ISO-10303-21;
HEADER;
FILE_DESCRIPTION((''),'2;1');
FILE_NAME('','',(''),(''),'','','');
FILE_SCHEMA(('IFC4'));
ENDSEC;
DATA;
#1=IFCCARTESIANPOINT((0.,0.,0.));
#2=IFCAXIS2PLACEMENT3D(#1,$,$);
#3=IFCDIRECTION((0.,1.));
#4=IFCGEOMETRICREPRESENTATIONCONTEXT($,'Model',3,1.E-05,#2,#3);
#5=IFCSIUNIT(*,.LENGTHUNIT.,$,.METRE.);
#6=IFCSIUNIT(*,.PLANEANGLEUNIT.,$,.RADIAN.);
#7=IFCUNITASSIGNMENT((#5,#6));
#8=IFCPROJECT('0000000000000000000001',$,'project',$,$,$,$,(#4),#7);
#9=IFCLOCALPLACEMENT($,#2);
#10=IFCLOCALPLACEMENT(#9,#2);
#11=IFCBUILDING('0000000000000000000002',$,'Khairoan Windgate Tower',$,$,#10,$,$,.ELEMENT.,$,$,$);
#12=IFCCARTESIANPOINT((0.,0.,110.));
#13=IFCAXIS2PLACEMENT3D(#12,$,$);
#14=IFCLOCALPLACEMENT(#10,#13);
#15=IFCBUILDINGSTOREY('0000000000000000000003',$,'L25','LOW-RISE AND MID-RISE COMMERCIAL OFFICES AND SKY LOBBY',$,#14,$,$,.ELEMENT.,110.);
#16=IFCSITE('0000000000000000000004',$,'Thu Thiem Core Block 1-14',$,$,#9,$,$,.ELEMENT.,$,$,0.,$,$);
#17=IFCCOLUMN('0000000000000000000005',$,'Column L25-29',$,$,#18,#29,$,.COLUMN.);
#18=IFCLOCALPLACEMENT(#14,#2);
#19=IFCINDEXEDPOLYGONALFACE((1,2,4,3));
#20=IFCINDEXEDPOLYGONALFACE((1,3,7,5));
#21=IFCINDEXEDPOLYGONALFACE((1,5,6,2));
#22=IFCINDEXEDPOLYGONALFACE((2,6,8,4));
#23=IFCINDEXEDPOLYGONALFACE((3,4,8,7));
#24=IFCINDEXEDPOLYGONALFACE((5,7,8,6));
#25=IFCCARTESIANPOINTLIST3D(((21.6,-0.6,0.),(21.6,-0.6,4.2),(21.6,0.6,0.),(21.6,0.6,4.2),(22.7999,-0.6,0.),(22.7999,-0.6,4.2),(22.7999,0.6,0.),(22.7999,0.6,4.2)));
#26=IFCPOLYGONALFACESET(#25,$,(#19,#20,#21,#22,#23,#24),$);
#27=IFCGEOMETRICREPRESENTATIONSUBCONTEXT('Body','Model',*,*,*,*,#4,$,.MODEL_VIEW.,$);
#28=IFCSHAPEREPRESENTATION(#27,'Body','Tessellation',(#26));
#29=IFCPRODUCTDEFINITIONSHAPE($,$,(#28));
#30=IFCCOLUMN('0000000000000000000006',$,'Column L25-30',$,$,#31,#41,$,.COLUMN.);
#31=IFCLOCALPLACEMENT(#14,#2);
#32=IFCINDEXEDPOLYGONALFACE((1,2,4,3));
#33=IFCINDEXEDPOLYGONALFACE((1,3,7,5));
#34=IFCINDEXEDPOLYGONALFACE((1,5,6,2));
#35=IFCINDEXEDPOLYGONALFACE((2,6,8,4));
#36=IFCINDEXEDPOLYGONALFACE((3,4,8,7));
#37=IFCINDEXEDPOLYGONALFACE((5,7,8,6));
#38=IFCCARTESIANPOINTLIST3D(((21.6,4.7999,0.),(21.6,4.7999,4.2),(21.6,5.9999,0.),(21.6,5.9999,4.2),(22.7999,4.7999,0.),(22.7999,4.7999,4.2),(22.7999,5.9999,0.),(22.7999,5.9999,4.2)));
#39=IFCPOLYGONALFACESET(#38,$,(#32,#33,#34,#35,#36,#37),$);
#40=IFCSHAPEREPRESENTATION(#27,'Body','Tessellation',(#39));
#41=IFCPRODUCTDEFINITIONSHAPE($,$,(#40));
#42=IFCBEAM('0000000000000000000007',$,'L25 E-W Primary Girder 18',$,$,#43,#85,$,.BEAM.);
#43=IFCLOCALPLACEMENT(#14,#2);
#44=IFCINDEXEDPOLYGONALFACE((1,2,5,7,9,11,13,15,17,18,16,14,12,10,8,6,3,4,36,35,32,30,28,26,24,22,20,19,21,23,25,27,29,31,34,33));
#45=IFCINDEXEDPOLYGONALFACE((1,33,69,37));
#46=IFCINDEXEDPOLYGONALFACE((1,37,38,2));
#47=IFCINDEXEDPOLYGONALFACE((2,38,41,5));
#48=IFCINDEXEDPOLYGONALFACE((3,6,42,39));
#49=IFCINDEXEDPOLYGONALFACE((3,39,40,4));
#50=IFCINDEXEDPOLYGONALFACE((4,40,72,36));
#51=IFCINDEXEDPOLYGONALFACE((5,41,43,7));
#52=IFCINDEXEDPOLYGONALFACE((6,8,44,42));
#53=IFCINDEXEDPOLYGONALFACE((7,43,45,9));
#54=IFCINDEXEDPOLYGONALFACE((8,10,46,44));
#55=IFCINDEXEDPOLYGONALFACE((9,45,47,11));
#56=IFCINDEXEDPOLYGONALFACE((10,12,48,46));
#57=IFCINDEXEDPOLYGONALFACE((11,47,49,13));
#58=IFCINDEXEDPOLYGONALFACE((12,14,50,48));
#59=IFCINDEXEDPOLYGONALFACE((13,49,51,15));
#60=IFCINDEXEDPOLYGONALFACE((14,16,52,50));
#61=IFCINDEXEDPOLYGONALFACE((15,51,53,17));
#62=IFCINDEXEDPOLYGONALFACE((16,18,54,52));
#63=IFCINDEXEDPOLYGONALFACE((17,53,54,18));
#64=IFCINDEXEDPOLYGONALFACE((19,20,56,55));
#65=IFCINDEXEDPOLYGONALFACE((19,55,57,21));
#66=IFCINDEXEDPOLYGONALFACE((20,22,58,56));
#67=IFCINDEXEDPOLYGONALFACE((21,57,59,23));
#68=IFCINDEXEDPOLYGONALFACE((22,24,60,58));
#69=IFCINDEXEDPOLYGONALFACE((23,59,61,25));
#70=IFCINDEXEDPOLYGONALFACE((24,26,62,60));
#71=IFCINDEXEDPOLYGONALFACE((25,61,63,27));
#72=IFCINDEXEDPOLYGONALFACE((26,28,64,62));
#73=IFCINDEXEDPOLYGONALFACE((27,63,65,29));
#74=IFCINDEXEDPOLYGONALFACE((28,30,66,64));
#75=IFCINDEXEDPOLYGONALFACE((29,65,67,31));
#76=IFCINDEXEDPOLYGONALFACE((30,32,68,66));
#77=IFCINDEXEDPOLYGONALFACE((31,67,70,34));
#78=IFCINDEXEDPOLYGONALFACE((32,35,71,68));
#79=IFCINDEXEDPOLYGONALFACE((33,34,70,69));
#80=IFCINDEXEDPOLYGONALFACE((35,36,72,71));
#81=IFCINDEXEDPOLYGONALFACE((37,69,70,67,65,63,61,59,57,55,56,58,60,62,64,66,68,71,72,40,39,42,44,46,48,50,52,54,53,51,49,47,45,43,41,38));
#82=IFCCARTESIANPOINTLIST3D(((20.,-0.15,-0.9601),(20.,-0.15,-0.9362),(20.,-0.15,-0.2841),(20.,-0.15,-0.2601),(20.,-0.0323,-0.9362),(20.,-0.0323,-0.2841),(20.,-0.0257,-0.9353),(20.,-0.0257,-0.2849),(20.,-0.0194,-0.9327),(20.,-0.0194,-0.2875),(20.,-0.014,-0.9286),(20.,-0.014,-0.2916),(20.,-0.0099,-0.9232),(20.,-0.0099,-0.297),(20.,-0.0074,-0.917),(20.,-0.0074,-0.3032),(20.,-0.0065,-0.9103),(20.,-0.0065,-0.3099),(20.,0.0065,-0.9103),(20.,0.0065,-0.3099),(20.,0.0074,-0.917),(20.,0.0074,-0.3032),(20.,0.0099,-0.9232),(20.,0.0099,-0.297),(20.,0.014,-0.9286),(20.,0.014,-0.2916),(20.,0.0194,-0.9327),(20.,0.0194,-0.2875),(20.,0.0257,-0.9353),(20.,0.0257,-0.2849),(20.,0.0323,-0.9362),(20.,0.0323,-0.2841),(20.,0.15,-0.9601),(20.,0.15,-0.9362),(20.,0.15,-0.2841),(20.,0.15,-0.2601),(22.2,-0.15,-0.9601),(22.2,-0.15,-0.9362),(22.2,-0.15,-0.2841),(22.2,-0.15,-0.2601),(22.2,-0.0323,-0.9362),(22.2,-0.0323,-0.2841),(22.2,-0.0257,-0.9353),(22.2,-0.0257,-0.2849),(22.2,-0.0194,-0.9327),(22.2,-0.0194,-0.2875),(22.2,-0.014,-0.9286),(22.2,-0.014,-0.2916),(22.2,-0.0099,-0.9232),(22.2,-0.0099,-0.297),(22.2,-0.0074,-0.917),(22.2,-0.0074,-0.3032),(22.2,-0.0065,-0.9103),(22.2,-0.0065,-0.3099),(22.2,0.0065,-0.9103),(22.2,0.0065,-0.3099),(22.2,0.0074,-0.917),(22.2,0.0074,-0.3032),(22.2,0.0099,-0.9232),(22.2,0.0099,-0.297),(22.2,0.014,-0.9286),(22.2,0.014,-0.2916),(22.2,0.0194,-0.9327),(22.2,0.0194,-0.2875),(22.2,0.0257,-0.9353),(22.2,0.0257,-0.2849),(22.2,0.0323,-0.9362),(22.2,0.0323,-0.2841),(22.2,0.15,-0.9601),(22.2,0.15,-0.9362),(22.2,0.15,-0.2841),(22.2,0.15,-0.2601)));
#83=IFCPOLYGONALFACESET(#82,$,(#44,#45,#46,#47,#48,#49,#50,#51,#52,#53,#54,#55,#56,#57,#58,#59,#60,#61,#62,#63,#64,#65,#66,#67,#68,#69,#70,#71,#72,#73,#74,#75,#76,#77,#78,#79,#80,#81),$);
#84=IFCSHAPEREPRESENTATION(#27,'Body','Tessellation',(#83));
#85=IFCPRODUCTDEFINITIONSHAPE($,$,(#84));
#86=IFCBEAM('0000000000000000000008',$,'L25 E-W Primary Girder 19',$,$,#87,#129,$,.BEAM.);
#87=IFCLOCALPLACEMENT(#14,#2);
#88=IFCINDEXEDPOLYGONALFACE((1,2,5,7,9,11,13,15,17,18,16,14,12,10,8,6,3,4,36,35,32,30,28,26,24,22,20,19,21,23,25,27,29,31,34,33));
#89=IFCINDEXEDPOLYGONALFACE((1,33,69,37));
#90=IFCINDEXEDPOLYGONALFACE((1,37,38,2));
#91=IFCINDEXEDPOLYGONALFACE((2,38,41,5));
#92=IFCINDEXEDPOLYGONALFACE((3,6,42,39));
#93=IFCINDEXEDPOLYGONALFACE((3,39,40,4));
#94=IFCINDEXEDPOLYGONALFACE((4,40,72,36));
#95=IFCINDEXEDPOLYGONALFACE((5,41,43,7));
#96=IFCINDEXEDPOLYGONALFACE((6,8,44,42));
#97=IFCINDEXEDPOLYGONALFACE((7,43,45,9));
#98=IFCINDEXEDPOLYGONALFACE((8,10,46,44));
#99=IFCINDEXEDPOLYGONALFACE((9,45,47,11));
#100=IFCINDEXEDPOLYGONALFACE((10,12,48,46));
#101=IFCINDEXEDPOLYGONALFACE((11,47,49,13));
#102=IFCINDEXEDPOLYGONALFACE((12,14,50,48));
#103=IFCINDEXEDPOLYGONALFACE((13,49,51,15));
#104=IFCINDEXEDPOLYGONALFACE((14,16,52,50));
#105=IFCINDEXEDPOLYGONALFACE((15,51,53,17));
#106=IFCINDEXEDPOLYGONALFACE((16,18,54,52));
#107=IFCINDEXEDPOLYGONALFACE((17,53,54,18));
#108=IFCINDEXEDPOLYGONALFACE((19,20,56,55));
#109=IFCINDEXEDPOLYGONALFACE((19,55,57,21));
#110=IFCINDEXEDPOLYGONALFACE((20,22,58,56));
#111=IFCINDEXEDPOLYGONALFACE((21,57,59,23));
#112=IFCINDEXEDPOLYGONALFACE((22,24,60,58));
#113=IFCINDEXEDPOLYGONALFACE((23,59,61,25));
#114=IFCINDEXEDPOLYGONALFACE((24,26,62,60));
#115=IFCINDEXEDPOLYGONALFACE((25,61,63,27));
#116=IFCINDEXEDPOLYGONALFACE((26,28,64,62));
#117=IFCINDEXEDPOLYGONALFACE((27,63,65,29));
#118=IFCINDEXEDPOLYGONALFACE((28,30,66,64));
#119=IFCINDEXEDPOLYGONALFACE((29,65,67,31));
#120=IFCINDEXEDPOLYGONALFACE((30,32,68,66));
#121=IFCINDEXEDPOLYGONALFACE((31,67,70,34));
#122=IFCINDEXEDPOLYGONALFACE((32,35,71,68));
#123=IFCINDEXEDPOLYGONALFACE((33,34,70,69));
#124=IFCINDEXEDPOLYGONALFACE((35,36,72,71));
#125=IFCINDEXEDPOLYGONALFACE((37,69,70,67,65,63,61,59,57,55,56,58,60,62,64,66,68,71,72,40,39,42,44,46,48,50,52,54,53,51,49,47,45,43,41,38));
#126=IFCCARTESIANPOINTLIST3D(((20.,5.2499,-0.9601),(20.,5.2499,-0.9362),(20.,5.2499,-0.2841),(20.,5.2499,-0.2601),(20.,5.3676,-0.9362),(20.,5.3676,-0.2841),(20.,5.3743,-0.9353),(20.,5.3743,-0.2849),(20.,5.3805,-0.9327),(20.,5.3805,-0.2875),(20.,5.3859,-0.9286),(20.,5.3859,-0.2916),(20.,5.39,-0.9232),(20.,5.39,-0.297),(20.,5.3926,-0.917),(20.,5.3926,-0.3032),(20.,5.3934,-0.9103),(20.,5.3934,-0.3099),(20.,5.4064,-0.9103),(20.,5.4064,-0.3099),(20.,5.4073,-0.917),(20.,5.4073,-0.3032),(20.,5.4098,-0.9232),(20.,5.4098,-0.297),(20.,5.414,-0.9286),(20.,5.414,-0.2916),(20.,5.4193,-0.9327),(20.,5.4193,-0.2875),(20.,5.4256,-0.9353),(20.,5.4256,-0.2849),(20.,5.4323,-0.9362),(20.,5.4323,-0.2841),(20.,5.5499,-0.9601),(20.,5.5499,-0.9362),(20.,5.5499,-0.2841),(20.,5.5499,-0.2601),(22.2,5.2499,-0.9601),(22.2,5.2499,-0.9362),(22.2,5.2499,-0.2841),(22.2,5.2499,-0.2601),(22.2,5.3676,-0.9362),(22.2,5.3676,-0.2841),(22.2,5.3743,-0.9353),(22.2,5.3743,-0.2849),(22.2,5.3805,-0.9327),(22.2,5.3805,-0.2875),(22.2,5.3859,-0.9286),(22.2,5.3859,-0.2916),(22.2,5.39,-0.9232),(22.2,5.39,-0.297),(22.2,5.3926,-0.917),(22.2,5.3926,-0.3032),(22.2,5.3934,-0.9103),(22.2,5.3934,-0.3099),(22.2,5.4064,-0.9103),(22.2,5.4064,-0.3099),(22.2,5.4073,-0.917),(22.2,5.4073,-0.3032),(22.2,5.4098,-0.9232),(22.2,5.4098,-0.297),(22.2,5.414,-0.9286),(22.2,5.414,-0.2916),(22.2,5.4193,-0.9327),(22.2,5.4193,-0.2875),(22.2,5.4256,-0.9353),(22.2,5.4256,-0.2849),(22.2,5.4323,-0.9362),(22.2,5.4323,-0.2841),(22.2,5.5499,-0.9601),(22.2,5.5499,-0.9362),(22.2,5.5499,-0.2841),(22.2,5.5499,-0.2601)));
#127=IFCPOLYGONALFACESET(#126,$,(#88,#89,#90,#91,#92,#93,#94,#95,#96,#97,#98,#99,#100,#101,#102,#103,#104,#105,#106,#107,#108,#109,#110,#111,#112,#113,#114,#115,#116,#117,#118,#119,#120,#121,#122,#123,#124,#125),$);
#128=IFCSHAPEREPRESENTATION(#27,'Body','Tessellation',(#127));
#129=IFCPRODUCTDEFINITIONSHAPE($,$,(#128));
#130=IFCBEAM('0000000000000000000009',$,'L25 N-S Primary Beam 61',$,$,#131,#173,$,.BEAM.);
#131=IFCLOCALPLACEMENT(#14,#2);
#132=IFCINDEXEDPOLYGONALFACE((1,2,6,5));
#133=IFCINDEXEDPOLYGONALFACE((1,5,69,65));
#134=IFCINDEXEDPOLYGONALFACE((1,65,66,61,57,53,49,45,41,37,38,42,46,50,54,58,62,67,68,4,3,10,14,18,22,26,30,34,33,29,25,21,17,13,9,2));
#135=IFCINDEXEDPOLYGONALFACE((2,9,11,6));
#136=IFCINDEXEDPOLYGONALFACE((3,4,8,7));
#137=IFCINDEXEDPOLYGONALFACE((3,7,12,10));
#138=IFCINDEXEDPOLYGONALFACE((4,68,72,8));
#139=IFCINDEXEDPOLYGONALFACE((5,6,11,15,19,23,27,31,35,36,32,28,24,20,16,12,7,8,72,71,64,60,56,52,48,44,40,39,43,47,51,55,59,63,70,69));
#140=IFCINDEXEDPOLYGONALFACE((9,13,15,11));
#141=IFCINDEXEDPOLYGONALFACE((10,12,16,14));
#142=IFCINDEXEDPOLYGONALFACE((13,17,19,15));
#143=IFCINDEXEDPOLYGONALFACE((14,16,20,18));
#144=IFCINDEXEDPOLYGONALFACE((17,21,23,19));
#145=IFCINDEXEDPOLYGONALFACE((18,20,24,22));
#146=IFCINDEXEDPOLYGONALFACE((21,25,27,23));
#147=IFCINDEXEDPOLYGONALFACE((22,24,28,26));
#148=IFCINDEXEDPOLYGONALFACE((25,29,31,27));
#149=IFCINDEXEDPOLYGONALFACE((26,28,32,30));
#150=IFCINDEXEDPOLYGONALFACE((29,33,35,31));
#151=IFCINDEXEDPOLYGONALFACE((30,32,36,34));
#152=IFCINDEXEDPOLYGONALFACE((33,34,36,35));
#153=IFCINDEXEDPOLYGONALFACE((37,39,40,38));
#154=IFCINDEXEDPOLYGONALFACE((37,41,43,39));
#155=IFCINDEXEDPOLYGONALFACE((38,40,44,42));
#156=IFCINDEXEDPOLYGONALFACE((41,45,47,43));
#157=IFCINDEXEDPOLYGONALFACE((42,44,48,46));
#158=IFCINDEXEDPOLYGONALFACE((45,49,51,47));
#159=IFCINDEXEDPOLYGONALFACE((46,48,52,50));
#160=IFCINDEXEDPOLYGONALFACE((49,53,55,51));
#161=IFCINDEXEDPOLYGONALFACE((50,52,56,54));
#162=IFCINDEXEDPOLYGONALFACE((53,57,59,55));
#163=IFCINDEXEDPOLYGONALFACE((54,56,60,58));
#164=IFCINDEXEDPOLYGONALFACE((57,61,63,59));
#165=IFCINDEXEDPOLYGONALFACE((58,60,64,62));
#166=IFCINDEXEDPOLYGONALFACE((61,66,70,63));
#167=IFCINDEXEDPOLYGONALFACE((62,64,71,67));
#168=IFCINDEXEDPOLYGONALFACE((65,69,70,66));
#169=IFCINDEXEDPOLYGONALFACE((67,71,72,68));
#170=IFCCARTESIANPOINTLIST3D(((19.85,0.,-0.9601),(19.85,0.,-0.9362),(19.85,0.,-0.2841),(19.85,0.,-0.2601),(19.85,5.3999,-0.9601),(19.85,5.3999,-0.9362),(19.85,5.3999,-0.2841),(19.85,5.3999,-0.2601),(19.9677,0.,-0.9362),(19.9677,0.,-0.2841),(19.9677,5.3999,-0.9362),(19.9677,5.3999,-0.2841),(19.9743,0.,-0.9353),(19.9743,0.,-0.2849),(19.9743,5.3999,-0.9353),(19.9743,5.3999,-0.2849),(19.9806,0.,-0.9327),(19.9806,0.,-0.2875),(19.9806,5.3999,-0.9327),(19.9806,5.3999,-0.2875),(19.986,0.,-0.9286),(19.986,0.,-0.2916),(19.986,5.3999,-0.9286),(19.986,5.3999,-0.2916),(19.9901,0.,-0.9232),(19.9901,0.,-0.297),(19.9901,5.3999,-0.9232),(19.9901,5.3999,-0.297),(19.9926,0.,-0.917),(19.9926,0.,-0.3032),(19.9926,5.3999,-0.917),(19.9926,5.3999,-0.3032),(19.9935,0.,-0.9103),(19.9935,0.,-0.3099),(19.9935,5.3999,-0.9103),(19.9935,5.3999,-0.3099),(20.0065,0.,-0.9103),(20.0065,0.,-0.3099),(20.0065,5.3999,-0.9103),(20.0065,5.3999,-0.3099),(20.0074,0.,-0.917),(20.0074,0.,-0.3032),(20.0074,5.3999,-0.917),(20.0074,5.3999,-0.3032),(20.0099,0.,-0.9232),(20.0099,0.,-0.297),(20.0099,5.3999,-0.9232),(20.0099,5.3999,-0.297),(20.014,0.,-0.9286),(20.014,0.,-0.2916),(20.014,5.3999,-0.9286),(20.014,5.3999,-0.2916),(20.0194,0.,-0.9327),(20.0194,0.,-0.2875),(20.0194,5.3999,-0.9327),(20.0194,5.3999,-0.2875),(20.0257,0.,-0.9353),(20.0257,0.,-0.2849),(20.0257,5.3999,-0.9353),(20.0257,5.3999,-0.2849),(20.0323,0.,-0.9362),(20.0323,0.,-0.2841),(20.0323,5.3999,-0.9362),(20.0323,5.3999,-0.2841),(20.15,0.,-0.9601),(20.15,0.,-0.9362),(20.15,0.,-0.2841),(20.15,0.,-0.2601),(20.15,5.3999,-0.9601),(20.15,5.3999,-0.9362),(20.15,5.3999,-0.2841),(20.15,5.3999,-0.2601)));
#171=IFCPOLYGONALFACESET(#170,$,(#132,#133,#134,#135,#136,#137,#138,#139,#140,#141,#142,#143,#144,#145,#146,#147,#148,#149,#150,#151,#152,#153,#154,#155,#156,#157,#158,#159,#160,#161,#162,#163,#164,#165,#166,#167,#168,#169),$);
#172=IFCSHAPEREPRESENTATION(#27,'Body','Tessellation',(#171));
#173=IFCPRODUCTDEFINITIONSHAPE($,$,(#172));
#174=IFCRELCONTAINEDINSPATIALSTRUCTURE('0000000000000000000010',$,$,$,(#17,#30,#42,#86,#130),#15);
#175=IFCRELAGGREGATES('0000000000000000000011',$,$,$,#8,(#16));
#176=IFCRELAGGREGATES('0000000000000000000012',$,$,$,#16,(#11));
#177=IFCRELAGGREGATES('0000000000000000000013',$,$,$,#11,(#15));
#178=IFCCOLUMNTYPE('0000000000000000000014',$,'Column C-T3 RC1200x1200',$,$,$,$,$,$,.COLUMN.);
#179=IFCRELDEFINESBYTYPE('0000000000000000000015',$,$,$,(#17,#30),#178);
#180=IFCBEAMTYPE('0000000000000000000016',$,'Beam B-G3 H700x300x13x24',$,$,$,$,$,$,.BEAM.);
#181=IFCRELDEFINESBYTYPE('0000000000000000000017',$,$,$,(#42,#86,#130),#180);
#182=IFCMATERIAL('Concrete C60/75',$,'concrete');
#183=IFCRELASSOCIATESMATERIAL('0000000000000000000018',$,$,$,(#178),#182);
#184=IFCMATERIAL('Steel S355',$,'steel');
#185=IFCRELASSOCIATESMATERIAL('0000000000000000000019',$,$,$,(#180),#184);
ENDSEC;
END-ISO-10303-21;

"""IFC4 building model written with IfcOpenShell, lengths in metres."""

from ifc_helpers import new_model, si_unit, direction, frame, origin, origin_2d, place, context, subcontext, project, spatial, rectangle, i_section, extrude, material, material_profile, profile_set, type_object, element, save


model = new_model("IFC4")

# Units and contexts
model_context = context("Model", 3, precision=1e-05, world=origin(), true_north=direction((0.0, 1.0)))
body_context = subcontext(model_context, "Body", "Model", "MODEL_VIEW")
ifc_project = project(units=[si_unit("LENGTHUNIT", "METRE"), si_unit("PLANEANGLEUNIT", "RADIAN")], contexts=[model_context])

# Site, building, storey
site_placement = place(None, origin())
site = spatial("IfcSite", under=ifc_project, at=site_placement, Name="Thu Thiem Core Block 1-14", CompositionType="ELEMENT", RefElevation=0.0)
building_placement = place(site_placement, origin())
building = spatial("IfcBuilding", under=site, at=building_placement, Name="Khairoan Windgate Tower", CompositionType="ELEMENT")
storey_placement = place(building_placement, frame((0.0, 0.0, 110.0)))
storey = spatial("IfcBuildingStorey", under=building, at=storey_placement, Name="L25", Description="LOW-RISE AND MID-RISE COMMERCIAL OFFICES AND SKY LOBBY", CompositionType="ELEMENT", Elevation=110.0)

# Columns
ifc_material_1 = material(Name="Concrete C60/75", Category="concrete")
ifc_material_profile_1 = material_profile(ifc_material_1, rectangle(XDim=1.2, YDim=1.2, at=origin_2d()))
ifc_profile_set_1 = profile_set([ifc_material_profile_1], Name="Concrete C60/75")
column_type = type_object("IfcColumnType", Name="Column C-T3 RC1200x1200", PredefinedType="COLUMN", material=ifc_profile_set_1)
for number, where, z_axis, x_axis, name in (
    (1, (22.2, 0.0, 0.0), (0.0, 0.0, 1.0), (1.0, 0.0, 0.0), "Column L25-29"),
    (2, (22.2, 5.3999, 0.0), (0.0, 0.0, 1.0), (1.0, 0.0, 0.0), "Column L25-30"),
):
    element("IfcColumn", number, at=place(storey_placement, frame(where, z_axis=z_axis, x_axis=x_axis)), inside=storey, type_object=column_type, Name=name, PredefinedType="COLUMN", context=body_context, shape_type="SweptSolid", body=[
        extrude(rectangle(XDim=1.2, YDim=1.2, at=origin_2d()), origin(), (0.0, 0.0, 1.0), 4.2),
    ])

# Beams
ifc_material_2 = material(Name="Steel S355", Category="steel")
ifc_material_profile_2 = material_profile(ifc_material_2, i_section(OverallWidth=0.3, OverallDepth=0.7, WebThickness=0.0129, FlangeThickness=0.0239, FilletRadius=0.0259, at=origin_2d()))
ifc_profile_set_2 = profile_set([ifc_material_profile_2], Name="Steel S355")
beam_type_1 = type_object("IfcBeamType", Name="Beam B-G3 H700x300x13x24", PredefinedType="BEAM", material=ifc_profile_set_2)
for number, where, z_axis, x_axis, name in (
    (3, (20.0, 0.0, -0.6101), (1.0, 0.0, 0.0), (0.0, 1.0, 0.0), "L25 E-W Primary Girder 18"),
    (4, (20.0, 5.3999, -0.6101), (1.0, 0.0, 0.0), (0.0, 1.0, 0.0), "L25 E-W Primary Girder 19"),
):
    element("IfcBeam", number, at=place(storey_placement, frame(where, z_axis=z_axis, x_axis=x_axis)), inside=storey, type_object=beam_type_1, Name=name, PredefinedType="BEAM", context=body_context, shape_type="SweptSolid", body=[
        extrude(i_section(OverallWidth=0.3, OverallDepth=0.7, WebThickness=0.0129, FlangeThickness=0.0239, FilletRadius=0.0259, at=origin_2d()), origin(), (0.0, 0.0, 1.0), 2.2),
    ])
beam_1_placement = place(storey_placement, frame((20.0, 0.0, -0.6101), z_axis=(0.0, 1.0, 0.0), x_axis=(-1.0, 0.0, 0.0)))
element("IfcBeam", 5, at=beam_1_placement, inside=storey, type_object=beam_type_1, Name="L25 N-S Primary Beam 61", PredefinedType="BEAM", context=body_context, shape_type="SweptSolid", body=[
    extrude(i_section(OverallWidth=0.3, OverallDepth=0.7, WebThickness=0.0129, FlangeThickness=0.0239, FilletRadius=0.0259, at=origin_2d()), origin(), (0.0, 0.0, 1.0), 5.3999),
])

save(model, "model.ifc")
